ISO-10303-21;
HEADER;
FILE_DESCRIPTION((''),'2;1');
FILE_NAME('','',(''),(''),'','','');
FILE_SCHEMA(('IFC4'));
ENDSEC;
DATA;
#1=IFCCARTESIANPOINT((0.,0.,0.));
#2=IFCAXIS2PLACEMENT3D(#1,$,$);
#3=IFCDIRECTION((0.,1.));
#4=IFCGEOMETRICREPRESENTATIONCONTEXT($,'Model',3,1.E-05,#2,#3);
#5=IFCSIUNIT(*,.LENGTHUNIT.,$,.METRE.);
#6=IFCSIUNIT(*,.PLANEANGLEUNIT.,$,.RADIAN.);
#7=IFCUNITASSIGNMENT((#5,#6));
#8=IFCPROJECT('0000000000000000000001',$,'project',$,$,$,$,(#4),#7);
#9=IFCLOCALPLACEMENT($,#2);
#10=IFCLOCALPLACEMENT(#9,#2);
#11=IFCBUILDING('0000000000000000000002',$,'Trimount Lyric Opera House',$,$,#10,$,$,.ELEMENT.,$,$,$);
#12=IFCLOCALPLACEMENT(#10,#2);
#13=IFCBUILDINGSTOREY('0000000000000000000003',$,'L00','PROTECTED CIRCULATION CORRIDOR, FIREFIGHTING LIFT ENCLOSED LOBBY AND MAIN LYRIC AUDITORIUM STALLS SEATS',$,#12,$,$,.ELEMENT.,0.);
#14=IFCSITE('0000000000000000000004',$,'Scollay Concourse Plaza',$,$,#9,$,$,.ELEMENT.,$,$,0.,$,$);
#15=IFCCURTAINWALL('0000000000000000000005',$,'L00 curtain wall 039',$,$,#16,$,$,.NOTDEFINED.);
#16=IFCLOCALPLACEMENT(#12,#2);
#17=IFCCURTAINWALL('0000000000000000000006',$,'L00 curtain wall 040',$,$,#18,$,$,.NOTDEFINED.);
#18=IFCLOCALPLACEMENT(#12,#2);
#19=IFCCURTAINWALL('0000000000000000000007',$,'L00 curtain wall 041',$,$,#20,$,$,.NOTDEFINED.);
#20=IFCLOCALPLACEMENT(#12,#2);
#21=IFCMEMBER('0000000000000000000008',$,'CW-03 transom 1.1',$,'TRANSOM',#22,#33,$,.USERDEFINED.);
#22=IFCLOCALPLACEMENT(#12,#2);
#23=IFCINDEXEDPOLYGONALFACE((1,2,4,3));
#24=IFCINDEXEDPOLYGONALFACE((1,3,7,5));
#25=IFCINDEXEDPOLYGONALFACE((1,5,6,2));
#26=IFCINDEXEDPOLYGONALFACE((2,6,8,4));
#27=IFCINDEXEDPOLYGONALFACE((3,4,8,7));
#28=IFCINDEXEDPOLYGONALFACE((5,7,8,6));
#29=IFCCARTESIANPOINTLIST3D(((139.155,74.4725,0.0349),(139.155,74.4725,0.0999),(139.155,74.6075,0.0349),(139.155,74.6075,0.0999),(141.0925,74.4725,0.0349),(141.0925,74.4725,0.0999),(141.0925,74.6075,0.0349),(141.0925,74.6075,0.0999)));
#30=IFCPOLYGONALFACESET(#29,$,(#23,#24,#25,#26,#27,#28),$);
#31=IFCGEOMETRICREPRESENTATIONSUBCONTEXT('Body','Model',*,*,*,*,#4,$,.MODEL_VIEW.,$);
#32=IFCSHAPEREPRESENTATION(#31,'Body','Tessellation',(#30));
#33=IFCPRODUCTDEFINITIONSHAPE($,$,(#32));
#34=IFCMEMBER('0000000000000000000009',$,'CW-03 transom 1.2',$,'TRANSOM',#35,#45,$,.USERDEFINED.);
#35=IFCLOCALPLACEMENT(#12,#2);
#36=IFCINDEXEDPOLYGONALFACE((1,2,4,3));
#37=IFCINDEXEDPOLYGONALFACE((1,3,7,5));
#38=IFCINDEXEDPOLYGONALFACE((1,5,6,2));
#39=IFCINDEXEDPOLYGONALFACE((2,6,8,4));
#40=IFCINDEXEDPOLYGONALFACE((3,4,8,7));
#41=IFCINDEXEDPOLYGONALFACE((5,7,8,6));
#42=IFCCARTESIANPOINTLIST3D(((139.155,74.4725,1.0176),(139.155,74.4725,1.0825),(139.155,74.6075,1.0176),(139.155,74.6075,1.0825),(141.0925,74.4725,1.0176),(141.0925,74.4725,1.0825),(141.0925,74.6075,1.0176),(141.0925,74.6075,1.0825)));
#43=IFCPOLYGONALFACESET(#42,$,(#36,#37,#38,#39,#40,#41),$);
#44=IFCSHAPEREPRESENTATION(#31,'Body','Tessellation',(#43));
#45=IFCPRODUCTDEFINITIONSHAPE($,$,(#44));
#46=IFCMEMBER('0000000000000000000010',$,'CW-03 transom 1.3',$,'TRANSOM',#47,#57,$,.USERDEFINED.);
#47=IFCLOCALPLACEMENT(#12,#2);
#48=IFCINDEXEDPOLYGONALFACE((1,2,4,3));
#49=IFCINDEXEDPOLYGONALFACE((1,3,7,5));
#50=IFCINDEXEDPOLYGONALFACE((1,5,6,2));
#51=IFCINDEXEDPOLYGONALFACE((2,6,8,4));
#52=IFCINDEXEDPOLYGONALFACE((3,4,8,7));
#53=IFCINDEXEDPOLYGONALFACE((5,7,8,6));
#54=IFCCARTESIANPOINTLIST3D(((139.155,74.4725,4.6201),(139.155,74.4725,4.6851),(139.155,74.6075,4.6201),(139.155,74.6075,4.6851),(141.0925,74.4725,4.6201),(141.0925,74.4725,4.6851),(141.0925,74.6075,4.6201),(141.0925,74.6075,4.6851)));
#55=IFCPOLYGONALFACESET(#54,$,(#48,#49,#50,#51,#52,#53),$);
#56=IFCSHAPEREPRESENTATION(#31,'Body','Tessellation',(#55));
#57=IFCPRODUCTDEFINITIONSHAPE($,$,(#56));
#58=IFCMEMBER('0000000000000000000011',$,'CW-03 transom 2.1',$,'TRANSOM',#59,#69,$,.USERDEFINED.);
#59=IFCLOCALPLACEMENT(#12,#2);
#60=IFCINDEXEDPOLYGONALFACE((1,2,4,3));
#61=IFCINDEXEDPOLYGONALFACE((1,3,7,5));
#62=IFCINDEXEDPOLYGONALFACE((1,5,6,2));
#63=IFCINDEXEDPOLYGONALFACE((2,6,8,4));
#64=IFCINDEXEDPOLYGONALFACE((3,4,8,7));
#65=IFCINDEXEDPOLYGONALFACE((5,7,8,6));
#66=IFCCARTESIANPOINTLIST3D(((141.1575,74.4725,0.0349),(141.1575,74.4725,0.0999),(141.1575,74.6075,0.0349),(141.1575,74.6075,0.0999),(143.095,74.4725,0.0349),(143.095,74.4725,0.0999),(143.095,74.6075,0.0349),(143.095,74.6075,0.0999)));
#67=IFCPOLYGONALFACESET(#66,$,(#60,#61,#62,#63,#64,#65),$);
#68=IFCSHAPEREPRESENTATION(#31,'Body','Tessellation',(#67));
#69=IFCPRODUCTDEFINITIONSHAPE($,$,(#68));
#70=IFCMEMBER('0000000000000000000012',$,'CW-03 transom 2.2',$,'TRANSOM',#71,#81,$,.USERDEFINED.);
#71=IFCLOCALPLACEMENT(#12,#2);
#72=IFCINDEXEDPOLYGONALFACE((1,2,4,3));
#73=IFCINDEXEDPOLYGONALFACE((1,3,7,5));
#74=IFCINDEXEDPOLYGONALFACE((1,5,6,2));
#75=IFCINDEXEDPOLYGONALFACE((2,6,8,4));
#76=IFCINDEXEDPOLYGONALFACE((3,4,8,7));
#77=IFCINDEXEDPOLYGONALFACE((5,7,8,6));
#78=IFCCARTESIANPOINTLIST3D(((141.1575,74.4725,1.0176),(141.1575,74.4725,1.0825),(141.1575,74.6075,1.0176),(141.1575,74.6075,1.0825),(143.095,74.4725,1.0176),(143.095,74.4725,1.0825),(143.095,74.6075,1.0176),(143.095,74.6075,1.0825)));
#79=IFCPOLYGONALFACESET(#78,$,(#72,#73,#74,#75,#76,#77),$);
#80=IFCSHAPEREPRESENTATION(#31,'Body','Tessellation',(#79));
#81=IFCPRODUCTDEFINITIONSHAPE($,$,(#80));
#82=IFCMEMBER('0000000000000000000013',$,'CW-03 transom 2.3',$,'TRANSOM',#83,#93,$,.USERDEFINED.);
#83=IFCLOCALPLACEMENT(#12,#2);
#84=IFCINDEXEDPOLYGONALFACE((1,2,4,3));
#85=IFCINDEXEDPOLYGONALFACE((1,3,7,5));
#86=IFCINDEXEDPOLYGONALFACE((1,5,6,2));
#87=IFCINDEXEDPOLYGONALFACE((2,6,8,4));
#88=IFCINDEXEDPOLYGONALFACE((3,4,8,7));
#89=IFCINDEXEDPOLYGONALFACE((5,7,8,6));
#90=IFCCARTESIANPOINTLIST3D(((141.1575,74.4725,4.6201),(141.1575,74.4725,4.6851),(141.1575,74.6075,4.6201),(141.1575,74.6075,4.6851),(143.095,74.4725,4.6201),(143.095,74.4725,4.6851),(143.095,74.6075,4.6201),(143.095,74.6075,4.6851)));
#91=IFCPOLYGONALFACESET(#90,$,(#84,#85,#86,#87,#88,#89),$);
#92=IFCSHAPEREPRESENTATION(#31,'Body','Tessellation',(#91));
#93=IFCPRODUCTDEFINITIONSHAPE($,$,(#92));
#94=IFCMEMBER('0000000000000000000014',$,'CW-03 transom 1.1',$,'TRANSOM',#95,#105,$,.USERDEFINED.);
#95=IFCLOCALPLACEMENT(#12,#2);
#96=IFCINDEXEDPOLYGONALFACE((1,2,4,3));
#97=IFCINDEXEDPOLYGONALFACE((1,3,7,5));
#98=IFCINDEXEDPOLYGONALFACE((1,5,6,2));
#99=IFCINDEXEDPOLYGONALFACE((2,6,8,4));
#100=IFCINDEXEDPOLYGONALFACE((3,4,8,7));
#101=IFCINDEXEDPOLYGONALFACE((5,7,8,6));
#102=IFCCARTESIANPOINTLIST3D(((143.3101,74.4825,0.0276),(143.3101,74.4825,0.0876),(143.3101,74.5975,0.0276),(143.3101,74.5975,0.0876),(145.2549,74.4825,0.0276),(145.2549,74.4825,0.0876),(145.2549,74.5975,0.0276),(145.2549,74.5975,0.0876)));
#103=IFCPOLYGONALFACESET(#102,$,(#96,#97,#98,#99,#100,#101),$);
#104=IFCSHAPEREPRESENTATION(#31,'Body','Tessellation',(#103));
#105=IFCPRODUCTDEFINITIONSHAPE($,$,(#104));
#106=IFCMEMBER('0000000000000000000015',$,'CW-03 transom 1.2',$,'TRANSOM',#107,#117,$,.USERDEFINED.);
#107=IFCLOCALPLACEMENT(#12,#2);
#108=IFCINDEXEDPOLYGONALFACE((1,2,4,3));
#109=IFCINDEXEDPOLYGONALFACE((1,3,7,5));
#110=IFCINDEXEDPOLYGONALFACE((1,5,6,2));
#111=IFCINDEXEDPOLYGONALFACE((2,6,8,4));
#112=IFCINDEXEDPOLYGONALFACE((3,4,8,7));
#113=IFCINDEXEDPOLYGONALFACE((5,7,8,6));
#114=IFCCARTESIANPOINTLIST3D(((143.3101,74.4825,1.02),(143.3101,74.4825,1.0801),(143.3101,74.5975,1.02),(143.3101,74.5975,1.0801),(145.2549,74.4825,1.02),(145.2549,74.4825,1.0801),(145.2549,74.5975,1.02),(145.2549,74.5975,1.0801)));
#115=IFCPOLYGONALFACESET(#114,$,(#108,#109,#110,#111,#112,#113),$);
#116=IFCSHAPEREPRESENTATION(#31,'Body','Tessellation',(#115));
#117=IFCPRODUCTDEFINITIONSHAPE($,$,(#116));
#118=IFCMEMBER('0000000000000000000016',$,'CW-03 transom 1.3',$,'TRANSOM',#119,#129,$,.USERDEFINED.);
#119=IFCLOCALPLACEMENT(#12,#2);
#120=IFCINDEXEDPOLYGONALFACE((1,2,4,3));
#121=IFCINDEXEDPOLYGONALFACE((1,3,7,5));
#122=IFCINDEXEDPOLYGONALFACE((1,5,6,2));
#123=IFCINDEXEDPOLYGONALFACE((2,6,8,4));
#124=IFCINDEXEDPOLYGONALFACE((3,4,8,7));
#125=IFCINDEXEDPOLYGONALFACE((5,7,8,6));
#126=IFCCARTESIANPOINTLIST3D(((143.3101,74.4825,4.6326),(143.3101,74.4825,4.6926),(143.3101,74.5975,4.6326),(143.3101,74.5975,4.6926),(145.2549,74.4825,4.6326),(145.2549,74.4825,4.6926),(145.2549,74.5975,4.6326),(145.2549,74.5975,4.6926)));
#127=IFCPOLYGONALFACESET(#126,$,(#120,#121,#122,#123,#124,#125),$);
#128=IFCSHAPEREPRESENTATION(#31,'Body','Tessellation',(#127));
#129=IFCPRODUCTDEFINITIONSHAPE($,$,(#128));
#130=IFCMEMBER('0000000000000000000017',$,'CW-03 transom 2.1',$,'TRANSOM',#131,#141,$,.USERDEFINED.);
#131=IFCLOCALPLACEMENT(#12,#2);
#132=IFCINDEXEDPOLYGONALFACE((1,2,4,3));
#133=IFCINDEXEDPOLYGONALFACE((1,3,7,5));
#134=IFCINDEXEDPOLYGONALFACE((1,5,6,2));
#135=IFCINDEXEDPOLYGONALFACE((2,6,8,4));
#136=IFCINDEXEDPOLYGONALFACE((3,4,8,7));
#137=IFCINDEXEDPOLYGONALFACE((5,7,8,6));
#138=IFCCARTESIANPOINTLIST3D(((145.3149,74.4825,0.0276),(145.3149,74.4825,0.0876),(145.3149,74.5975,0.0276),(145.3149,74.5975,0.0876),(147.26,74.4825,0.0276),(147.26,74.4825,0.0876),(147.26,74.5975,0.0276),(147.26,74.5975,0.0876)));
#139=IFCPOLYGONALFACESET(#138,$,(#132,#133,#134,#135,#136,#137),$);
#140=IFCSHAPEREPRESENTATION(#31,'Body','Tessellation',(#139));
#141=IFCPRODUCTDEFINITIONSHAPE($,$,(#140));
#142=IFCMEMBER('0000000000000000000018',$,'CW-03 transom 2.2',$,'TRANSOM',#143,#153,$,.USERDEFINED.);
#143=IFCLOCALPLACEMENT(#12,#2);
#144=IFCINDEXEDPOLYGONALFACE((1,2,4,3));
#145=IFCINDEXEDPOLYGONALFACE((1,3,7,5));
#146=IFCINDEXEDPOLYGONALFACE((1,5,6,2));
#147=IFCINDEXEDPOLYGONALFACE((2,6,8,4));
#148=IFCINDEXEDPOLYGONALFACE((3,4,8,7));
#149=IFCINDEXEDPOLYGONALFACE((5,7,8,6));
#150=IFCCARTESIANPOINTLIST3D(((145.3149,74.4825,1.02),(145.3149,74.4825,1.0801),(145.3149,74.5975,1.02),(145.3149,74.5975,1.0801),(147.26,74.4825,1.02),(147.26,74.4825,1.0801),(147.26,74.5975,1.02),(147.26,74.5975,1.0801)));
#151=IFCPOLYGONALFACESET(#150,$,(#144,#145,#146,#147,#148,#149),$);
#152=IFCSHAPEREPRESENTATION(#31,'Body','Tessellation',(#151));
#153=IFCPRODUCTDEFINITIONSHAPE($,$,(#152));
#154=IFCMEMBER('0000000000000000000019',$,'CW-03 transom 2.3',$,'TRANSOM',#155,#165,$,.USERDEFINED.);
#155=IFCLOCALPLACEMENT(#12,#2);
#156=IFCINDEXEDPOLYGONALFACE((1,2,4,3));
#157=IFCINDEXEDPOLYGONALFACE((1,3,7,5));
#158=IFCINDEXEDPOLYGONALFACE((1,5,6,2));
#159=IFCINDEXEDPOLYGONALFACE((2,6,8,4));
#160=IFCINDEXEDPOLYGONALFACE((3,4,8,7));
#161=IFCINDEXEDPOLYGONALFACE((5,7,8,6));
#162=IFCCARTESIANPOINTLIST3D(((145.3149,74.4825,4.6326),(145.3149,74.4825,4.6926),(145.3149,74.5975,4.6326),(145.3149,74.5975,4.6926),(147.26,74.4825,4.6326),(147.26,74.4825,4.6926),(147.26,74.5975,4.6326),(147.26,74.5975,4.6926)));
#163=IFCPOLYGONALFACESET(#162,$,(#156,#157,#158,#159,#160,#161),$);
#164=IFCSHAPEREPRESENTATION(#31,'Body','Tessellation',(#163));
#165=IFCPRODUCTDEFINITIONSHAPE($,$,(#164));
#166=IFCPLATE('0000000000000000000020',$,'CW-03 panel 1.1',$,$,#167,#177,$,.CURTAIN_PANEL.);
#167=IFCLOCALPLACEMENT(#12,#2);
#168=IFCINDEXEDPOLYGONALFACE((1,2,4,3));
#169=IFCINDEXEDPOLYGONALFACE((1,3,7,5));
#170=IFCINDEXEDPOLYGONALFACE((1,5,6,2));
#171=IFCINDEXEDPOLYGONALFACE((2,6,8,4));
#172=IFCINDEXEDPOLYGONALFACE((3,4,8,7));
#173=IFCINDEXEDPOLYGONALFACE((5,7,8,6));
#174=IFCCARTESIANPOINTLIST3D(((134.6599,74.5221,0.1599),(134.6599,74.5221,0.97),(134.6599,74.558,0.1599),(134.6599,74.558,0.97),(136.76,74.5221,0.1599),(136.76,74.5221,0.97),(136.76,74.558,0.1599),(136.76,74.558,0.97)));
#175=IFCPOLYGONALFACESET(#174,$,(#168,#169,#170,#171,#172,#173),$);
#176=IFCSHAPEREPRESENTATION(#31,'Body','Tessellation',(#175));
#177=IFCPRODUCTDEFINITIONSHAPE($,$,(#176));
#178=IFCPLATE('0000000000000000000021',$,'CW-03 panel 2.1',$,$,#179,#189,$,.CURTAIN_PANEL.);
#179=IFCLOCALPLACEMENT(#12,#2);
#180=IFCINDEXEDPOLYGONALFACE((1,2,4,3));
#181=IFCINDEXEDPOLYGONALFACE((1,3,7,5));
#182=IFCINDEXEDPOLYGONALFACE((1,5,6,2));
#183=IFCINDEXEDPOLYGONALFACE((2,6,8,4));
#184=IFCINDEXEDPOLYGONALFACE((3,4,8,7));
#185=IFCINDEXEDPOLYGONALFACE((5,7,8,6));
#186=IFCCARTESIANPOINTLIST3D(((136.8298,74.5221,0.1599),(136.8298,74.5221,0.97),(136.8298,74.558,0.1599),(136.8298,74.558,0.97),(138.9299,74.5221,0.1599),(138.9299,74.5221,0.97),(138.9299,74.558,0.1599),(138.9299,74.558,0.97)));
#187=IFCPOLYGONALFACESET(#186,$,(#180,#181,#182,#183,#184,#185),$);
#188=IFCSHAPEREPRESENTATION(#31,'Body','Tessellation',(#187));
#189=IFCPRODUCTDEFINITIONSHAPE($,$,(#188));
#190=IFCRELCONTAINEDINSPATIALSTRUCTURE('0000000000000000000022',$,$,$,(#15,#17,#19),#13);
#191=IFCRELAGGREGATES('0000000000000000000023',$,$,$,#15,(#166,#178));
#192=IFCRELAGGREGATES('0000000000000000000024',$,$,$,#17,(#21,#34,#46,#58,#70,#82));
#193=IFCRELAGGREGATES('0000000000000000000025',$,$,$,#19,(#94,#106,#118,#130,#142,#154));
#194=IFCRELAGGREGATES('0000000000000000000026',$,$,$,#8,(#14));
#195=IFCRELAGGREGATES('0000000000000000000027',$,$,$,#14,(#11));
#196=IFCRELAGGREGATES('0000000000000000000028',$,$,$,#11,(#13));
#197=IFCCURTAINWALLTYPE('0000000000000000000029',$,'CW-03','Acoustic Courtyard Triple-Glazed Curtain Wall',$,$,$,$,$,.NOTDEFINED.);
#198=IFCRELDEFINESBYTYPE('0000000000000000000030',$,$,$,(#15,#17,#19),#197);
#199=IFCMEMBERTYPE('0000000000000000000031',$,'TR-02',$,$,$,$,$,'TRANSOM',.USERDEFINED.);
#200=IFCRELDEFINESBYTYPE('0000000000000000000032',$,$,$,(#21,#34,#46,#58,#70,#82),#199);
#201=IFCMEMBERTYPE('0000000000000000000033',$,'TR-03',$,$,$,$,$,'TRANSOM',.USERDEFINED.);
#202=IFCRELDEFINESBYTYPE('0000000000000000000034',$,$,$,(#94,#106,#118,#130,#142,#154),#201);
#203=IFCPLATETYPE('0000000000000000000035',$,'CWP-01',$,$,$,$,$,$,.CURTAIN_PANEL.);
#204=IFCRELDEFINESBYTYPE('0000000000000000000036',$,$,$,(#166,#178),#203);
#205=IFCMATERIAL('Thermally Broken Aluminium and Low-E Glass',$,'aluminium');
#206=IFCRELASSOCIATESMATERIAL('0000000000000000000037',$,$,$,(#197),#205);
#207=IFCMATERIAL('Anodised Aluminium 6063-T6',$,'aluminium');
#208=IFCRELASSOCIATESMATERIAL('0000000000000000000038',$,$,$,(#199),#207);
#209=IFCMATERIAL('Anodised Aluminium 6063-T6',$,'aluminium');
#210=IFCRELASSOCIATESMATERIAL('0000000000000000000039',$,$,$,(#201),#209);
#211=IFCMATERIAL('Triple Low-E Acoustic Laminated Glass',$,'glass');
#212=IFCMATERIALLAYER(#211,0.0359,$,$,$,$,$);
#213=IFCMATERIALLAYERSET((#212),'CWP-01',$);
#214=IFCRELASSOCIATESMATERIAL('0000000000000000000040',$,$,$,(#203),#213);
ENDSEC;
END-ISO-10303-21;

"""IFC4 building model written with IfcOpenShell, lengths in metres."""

from ifc_helpers import new_model, si_unit, direction, frame, origin, origin_2d, place, context, subcontext, project, spatial, rectangle, extrude, material, layer, layer_set, material_profile, profile_set, type_object, element, aggregate, save


model = new_model("IFC4")

# Units and contexts
model_context = context("Model", 3, precision=1e-05, world=origin(), true_north=direction((0.0, 1.0)))
body_context = subcontext(model_context, "Body", "Model", "MODEL_VIEW")
ifc_project = project(units=[si_unit("LENGTHUNIT", "METRE"), si_unit("PLANEANGLEUNIT", "RADIAN")], contexts=[model_context])

# Site, building, storey
site_placement = place(None, origin())
site = spatial("IfcSite", under=ifc_project, at=site_placement, Name="Scollay Concourse Plaza", CompositionType="ELEMENT", RefElevation=0.0)
building_placement = place(site_placement, origin())
building = spatial("IfcBuilding", under=site, at=building_placement, Name="Trimount Lyric Opera House", CompositionType="ELEMENT")
storey_placement = place(building_placement, origin())
storey = spatial("IfcBuildingStorey", under=building, at=storey_placement, Name="L00", Description="PROTECTED CIRCULATION CORRIDOR, FIREFIGHTING LIFT ENCLOSED LOBBY AND MAIN LYRIC AUDITORIUM STALLS SEATS", CompositionType="ELEMENT", Elevation=0.0)

# Curtain walls
ifc_material_1 = material(Name="Thermally Broken Aluminium and Low-E Glass", Category="aluminium")
curtain_wall_type = type_object("IfcCurtainWallType", Name="CW-03", Description="Acoustic Courtyard Triple-Glazed Curtain Wall", PredefinedType="NOTDEFINED", material=ifc_material_1)
curtain_wall_1_placement = place(storey_placement, origin())
curtain_wall_1 = element("IfcCurtainWall", 1, at=curtain_wall_1_placement, inside=storey, type_object=curtain_wall_type, Name="L00 curtain wall 039", PredefinedType="NOTDEFINED")
curtain_wall_2_placement = place(storey_placement, origin())
curtain_wall_2 = element("IfcCurtainWall", 2, at=curtain_wall_2_placement, inside=storey, type_object=curtain_wall_type, Name="L00 curtain wall 040", PredefinedType="NOTDEFINED")
curtain_wall_3_placement = place(storey_placement, origin())
curtain_wall_3 = element("IfcCurtainWall", 3, at=curtain_wall_3_placement, inside=storey, type_object=curtain_wall_type, Name="L00 curtain wall 041", PredefinedType="NOTDEFINED")

# Members
ifc_material_2 = material(Name="Anodised Aluminium 6063-T6", Category="aluminium")
ifc_material_profile_1 = material_profile(ifc_material_2, rectangle(XDim=0.135, YDim=0.0649, at=origin_2d()), Name="ALU-TRAN-65X135")
ifc_profile_set_1 = profile_set([ifc_material_profile_1], Name="Anodised Aluminium 6063-T6")
member_type_1 = type_object("IfcMemberType", Name="TR-02", ElementType="TRANSOM", PredefinedType="USERDEFINED", material=ifc_profile_set_1)
member_1_placement = place(storey_placement, frame((139.155, 74.54, 0.0674), z_axis=(1.0, 0.0, 0.0), x_axis=(0.0, 1.0, 0.0)))
member_1 = element("IfcMember", 4, at=member_1_placement, type_object=member_type_1, Name="CW-03 transom 1.1", ObjectType="TRANSOM", PredefinedType="USERDEFINED", context=body_context, shape_type="SweptSolid", body=[
    extrude(rectangle(XDim=0.135, YDim=0.0649, at=origin_2d()), origin(), (0.0, 0.0, 1.0), 1.9375),
])
member_2_placement = place(storey_placement, frame((139.155, 74.54, 1.05), z_axis=(1.0, 0.0, 0.0), x_axis=(0.0, 1.0, 0.0)))
member_2 = element("IfcMember", 5, at=member_2_placement, type_object=member_type_1, Name="CW-03 transom 1.2", ObjectType="TRANSOM", PredefinedType="USERDEFINED", context=body_context, shape_type="SweptSolid", body=[
    extrude(rectangle(XDim=0.135, YDim=0.0649, at=origin_2d()), origin(), (0.0, 0.0, 1.0), 1.9375),
])
member_3_placement = place(storey_placement, frame((139.155, 74.54, 4.6526), z_axis=(1.0, 0.0, 0.0), x_axis=(0.0, 1.0, 0.0)))
member_3 = element("IfcMember", 6, at=member_3_placement, type_object=member_type_1, Name="CW-03 transom 1.3", ObjectType="TRANSOM", PredefinedType="USERDEFINED", context=body_context, shape_type="SweptSolid", body=[
    extrude(rectangle(XDim=0.135, YDim=0.0649, at=origin_2d()), origin(), (0.0, 0.0, 1.0), 1.9375),
])
member_4_placement = place(storey_placement, frame((141.1575, 74.54, 0.0674), z_axis=(1.0, 0.0, 0.0), x_axis=(0.0, 1.0, 0.0)))
member_4 = element("IfcMember", 7, at=member_4_placement, type_object=member_type_1, Name="CW-03 transom 2.1", ObjectType="TRANSOM", PredefinedType="USERDEFINED", context=body_context, shape_type="SweptSolid", body=[
    extrude(rectangle(XDim=0.135, YDim=0.0649, at=origin_2d()), origin(), (0.0, 0.0, 1.0), 1.9375),
])
member_5_placement = place(storey_placement, frame((141.1575, 74.54, 1.05), z_axis=(1.0, 0.0, 0.0), x_axis=(0.0, 1.0, 0.0)))
member_5 = element("IfcMember", 8, at=member_5_placement, type_object=member_type_1, Name="CW-03 transom 2.2", ObjectType="TRANSOM", PredefinedType="USERDEFINED", context=body_context, shape_type="SweptSolid", body=[
    extrude(rectangle(XDim=0.135, YDim=0.0649, at=origin_2d()), origin(), (0.0, 0.0, 1.0), 1.9375),
])
member_6_placement = place(storey_placement, frame((141.1575, 74.54, 4.6526), z_axis=(1.0, 0.0, 0.0), x_axis=(0.0, 1.0, 0.0)))
member_6 = element("IfcMember", 9, at=member_6_placement, type_object=member_type_1, Name="CW-03 transom 2.3", ObjectType="TRANSOM", PredefinedType="USERDEFINED", context=body_context, shape_type="SweptSolid", body=[
    extrude(rectangle(XDim=0.135, YDim=0.0649, at=origin_2d()), origin(), (0.0, 0.0, 1.0), 1.9375),
])
ifc_material_3 = material(Name="Anodised Aluminium 6063-T6", Category="aluminium")
ifc_material_profile_2 = material_profile(ifc_material_3, rectangle(XDim=0.115, YDim=0.0601, at=origin_2d()), Name="ALU-TRAN-60X115")
ifc_profile_set_2 = profile_set([ifc_material_profile_2], Name="Anodised Aluminium 6063-T6")
member_type_2 = type_object("IfcMemberType", Name="TR-03", ElementType="TRANSOM", PredefinedType="USERDEFINED", material=ifc_profile_set_2)
member_7_placement = place(storey_placement, frame((143.3101, 74.54, 0.0576), z_axis=(1.0, 0.0, 0.0), x_axis=(0.0, 1.0, 0.0)))
member_7 = element("IfcMember", 10, at=member_7_placement, type_object=member_type_2, Name="CW-03 transom 1.1", ObjectType="TRANSOM", PredefinedType="USERDEFINED", context=body_context, shape_type="SweptSolid", body=[
    extrude(rectangle(XDim=0.115, YDim=0.0601, at=origin_2d()), origin(), (0.0, 0.0, 1.0), 1.9448),
])
member_8_placement = place(storey_placement, frame((143.3101, 74.54, 1.05), z_axis=(1.0, 0.0, 0.0), x_axis=(0.0, 1.0, 0.0)))
member_8 = element("IfcMember", 11, at=member_8_placement, type_object=member_type_2, Name="CW-03 transom 1.2", ObjectType="TRANSOM", PredefinedType="USERDEFINED", context=body_context, shape_type="SweptSolid", body=[
    extrude(rectangle(XDim=0.115, YDim=0.0601, at=origin_2d()), origin(), (0.0, 0.0, 1.0), 1.9448),
])
member_9_placement = place(storey_placement, frame((143.3101, 74.54, 4.6626), z_axis=(1.0, 0.0, 0.0), x_axis=(0.0, 1.0, 0.0)))
member_9 = element("IfcMember", 12, at=member_9_placement, type_object=member_type_2, Name="CW-03 transom 1.3", ObjectType="TRANSOM", PredefinedType="USERDEFINED", context=body_context, shape_type="SweptSolid", body=[
    extrude(rectangle(XDim=0.115, YDim=0.0601, at=origin_2d()), origin(), (0.0, 0.0, 1.0), 1.9448),
])
member_10_placement = place(storey_placement, frame((145.3149, 74.54, 0.0576), z_axis=(1.0, 0.0, 0.0), x_axis=(0.0, 1.0, 0.0)))
member_10 = element("IfcMember", 13, at=member_10_placement, type_object=member_type_2, Name="CW-03 transom 2.1", ObjectType="TRANSOM", PredefinedType="USERDEFINED", context=body_context, shape_type="SweptSolid", body=[
    extrude(rectangle(XDim=0.115, YDim=0.0601, at=origin_2d()), origin(), (0.0, 0.0, 1.0), 1.9451),
])
member_11_placement = place(storey_placement, frame((145.3149, 74.54, 1.05), z_axis=(1.0, 0.0, 0.0), x_axis=(0.0, 1.0, 0.0)))
member_11 = element("IfcMember", 14, at=member_11_placement, type_object=member_type_2, Name="CW-03 transom 2.2", ObjectType="TRANSOM", PredefinedType="USERDEFINED", context=body_context, shape_type="SweptSolid", body=[
    extrude(rectangle(XDim=0.115, YDim=0.0601, at=origin_2d()), origin(), (0.0, 0.0, 1.0), 1.9451),
])
member_12_placement = place(storey_placement, frame((145.3149, 74.54, 4.6626), z_axis=(1.0, 0.0, 0.0), x_axis=(0.0, 1.0, 0.0)))
member_12 = element("IfcMember", 15, at=member_12_placement, type_object=member_type_2, Name="CW-03 transom 2.3", ObjectType="TRANSOM", PredefinedType="USERDEFINED", context=body_context, shape_type="SweptSolid", body=[
    extrude(rectangle(XDim=0.115, YDim=0.0601, at=origin_2d()), origin(), (0.0, 0.0, 1.0), 1.9451),
])

# Plates
ifc_material_4 = material(Name="Triple Low-E Acoustic Laminated Glass", Category="glass")
ifc_layer_1 = layer(ifc_material_4, 0.0359)
ifc_layer_set_1 = layer_set([ifc_layer_1], Name="CWP-01")
plate_type_1 = type_object("IfcPlateType", Name="CWP-01", PredefinedType="CURTAIN_PANEL", material=ifc_layer_set_1)
plate_1_placement = place(storey_placement, frame((135.71, 74.54, 0.1599), z_axis=(0.0, 0.0, 1.0), x_axis=(1.0, 0.0, 0.0)))
plate_1 = element("IfcPlate", 16, at=plate_1_placement, type_object=plate_type_1, Name="CW-03 panel 1.1", PredefinedType="CURTAIN_PANEL", context=body_context, shape_type="SweptSolid", body=[
    extrude(rectangle(XDim=2.1001, YDim=0.0359, at=origin_2d()), origin(), (0.0, 0.0, 1.0), 0.8101),
])
plate_2_placement = place(storey_placement, frame((137.8799, 74.54, 0.1599), z_axis=(0.0, 0.0, 1.0), x_axis=(1.0, 0.0, 0.0)))
plate_2 = element("IfcPlate", 17, at=plate_2_placement, type_object=plate_type_1, Name="CW-03 panel 2.1", PredefinedType="CURTAIN_PANEL", context=body_context, shape_type="SweptSolid", body=[
    extrude(rectangle(XDim=2.1001, YDim=0.0359, at=origin_2d()), origin(), (0.0, 0.0, 1.0), 0.8101),
])
aggregate(curtain_wall_1, [plate_1, plate_2])
aggregate(curtain_wall_2, [member_1, member_2, member_3, member_4, member_5, member_6])
aggregate(curtain_wall_3, [member_7, member_8, member_9, member_10, member_11, member_12])

save(model, "model.ifc")
